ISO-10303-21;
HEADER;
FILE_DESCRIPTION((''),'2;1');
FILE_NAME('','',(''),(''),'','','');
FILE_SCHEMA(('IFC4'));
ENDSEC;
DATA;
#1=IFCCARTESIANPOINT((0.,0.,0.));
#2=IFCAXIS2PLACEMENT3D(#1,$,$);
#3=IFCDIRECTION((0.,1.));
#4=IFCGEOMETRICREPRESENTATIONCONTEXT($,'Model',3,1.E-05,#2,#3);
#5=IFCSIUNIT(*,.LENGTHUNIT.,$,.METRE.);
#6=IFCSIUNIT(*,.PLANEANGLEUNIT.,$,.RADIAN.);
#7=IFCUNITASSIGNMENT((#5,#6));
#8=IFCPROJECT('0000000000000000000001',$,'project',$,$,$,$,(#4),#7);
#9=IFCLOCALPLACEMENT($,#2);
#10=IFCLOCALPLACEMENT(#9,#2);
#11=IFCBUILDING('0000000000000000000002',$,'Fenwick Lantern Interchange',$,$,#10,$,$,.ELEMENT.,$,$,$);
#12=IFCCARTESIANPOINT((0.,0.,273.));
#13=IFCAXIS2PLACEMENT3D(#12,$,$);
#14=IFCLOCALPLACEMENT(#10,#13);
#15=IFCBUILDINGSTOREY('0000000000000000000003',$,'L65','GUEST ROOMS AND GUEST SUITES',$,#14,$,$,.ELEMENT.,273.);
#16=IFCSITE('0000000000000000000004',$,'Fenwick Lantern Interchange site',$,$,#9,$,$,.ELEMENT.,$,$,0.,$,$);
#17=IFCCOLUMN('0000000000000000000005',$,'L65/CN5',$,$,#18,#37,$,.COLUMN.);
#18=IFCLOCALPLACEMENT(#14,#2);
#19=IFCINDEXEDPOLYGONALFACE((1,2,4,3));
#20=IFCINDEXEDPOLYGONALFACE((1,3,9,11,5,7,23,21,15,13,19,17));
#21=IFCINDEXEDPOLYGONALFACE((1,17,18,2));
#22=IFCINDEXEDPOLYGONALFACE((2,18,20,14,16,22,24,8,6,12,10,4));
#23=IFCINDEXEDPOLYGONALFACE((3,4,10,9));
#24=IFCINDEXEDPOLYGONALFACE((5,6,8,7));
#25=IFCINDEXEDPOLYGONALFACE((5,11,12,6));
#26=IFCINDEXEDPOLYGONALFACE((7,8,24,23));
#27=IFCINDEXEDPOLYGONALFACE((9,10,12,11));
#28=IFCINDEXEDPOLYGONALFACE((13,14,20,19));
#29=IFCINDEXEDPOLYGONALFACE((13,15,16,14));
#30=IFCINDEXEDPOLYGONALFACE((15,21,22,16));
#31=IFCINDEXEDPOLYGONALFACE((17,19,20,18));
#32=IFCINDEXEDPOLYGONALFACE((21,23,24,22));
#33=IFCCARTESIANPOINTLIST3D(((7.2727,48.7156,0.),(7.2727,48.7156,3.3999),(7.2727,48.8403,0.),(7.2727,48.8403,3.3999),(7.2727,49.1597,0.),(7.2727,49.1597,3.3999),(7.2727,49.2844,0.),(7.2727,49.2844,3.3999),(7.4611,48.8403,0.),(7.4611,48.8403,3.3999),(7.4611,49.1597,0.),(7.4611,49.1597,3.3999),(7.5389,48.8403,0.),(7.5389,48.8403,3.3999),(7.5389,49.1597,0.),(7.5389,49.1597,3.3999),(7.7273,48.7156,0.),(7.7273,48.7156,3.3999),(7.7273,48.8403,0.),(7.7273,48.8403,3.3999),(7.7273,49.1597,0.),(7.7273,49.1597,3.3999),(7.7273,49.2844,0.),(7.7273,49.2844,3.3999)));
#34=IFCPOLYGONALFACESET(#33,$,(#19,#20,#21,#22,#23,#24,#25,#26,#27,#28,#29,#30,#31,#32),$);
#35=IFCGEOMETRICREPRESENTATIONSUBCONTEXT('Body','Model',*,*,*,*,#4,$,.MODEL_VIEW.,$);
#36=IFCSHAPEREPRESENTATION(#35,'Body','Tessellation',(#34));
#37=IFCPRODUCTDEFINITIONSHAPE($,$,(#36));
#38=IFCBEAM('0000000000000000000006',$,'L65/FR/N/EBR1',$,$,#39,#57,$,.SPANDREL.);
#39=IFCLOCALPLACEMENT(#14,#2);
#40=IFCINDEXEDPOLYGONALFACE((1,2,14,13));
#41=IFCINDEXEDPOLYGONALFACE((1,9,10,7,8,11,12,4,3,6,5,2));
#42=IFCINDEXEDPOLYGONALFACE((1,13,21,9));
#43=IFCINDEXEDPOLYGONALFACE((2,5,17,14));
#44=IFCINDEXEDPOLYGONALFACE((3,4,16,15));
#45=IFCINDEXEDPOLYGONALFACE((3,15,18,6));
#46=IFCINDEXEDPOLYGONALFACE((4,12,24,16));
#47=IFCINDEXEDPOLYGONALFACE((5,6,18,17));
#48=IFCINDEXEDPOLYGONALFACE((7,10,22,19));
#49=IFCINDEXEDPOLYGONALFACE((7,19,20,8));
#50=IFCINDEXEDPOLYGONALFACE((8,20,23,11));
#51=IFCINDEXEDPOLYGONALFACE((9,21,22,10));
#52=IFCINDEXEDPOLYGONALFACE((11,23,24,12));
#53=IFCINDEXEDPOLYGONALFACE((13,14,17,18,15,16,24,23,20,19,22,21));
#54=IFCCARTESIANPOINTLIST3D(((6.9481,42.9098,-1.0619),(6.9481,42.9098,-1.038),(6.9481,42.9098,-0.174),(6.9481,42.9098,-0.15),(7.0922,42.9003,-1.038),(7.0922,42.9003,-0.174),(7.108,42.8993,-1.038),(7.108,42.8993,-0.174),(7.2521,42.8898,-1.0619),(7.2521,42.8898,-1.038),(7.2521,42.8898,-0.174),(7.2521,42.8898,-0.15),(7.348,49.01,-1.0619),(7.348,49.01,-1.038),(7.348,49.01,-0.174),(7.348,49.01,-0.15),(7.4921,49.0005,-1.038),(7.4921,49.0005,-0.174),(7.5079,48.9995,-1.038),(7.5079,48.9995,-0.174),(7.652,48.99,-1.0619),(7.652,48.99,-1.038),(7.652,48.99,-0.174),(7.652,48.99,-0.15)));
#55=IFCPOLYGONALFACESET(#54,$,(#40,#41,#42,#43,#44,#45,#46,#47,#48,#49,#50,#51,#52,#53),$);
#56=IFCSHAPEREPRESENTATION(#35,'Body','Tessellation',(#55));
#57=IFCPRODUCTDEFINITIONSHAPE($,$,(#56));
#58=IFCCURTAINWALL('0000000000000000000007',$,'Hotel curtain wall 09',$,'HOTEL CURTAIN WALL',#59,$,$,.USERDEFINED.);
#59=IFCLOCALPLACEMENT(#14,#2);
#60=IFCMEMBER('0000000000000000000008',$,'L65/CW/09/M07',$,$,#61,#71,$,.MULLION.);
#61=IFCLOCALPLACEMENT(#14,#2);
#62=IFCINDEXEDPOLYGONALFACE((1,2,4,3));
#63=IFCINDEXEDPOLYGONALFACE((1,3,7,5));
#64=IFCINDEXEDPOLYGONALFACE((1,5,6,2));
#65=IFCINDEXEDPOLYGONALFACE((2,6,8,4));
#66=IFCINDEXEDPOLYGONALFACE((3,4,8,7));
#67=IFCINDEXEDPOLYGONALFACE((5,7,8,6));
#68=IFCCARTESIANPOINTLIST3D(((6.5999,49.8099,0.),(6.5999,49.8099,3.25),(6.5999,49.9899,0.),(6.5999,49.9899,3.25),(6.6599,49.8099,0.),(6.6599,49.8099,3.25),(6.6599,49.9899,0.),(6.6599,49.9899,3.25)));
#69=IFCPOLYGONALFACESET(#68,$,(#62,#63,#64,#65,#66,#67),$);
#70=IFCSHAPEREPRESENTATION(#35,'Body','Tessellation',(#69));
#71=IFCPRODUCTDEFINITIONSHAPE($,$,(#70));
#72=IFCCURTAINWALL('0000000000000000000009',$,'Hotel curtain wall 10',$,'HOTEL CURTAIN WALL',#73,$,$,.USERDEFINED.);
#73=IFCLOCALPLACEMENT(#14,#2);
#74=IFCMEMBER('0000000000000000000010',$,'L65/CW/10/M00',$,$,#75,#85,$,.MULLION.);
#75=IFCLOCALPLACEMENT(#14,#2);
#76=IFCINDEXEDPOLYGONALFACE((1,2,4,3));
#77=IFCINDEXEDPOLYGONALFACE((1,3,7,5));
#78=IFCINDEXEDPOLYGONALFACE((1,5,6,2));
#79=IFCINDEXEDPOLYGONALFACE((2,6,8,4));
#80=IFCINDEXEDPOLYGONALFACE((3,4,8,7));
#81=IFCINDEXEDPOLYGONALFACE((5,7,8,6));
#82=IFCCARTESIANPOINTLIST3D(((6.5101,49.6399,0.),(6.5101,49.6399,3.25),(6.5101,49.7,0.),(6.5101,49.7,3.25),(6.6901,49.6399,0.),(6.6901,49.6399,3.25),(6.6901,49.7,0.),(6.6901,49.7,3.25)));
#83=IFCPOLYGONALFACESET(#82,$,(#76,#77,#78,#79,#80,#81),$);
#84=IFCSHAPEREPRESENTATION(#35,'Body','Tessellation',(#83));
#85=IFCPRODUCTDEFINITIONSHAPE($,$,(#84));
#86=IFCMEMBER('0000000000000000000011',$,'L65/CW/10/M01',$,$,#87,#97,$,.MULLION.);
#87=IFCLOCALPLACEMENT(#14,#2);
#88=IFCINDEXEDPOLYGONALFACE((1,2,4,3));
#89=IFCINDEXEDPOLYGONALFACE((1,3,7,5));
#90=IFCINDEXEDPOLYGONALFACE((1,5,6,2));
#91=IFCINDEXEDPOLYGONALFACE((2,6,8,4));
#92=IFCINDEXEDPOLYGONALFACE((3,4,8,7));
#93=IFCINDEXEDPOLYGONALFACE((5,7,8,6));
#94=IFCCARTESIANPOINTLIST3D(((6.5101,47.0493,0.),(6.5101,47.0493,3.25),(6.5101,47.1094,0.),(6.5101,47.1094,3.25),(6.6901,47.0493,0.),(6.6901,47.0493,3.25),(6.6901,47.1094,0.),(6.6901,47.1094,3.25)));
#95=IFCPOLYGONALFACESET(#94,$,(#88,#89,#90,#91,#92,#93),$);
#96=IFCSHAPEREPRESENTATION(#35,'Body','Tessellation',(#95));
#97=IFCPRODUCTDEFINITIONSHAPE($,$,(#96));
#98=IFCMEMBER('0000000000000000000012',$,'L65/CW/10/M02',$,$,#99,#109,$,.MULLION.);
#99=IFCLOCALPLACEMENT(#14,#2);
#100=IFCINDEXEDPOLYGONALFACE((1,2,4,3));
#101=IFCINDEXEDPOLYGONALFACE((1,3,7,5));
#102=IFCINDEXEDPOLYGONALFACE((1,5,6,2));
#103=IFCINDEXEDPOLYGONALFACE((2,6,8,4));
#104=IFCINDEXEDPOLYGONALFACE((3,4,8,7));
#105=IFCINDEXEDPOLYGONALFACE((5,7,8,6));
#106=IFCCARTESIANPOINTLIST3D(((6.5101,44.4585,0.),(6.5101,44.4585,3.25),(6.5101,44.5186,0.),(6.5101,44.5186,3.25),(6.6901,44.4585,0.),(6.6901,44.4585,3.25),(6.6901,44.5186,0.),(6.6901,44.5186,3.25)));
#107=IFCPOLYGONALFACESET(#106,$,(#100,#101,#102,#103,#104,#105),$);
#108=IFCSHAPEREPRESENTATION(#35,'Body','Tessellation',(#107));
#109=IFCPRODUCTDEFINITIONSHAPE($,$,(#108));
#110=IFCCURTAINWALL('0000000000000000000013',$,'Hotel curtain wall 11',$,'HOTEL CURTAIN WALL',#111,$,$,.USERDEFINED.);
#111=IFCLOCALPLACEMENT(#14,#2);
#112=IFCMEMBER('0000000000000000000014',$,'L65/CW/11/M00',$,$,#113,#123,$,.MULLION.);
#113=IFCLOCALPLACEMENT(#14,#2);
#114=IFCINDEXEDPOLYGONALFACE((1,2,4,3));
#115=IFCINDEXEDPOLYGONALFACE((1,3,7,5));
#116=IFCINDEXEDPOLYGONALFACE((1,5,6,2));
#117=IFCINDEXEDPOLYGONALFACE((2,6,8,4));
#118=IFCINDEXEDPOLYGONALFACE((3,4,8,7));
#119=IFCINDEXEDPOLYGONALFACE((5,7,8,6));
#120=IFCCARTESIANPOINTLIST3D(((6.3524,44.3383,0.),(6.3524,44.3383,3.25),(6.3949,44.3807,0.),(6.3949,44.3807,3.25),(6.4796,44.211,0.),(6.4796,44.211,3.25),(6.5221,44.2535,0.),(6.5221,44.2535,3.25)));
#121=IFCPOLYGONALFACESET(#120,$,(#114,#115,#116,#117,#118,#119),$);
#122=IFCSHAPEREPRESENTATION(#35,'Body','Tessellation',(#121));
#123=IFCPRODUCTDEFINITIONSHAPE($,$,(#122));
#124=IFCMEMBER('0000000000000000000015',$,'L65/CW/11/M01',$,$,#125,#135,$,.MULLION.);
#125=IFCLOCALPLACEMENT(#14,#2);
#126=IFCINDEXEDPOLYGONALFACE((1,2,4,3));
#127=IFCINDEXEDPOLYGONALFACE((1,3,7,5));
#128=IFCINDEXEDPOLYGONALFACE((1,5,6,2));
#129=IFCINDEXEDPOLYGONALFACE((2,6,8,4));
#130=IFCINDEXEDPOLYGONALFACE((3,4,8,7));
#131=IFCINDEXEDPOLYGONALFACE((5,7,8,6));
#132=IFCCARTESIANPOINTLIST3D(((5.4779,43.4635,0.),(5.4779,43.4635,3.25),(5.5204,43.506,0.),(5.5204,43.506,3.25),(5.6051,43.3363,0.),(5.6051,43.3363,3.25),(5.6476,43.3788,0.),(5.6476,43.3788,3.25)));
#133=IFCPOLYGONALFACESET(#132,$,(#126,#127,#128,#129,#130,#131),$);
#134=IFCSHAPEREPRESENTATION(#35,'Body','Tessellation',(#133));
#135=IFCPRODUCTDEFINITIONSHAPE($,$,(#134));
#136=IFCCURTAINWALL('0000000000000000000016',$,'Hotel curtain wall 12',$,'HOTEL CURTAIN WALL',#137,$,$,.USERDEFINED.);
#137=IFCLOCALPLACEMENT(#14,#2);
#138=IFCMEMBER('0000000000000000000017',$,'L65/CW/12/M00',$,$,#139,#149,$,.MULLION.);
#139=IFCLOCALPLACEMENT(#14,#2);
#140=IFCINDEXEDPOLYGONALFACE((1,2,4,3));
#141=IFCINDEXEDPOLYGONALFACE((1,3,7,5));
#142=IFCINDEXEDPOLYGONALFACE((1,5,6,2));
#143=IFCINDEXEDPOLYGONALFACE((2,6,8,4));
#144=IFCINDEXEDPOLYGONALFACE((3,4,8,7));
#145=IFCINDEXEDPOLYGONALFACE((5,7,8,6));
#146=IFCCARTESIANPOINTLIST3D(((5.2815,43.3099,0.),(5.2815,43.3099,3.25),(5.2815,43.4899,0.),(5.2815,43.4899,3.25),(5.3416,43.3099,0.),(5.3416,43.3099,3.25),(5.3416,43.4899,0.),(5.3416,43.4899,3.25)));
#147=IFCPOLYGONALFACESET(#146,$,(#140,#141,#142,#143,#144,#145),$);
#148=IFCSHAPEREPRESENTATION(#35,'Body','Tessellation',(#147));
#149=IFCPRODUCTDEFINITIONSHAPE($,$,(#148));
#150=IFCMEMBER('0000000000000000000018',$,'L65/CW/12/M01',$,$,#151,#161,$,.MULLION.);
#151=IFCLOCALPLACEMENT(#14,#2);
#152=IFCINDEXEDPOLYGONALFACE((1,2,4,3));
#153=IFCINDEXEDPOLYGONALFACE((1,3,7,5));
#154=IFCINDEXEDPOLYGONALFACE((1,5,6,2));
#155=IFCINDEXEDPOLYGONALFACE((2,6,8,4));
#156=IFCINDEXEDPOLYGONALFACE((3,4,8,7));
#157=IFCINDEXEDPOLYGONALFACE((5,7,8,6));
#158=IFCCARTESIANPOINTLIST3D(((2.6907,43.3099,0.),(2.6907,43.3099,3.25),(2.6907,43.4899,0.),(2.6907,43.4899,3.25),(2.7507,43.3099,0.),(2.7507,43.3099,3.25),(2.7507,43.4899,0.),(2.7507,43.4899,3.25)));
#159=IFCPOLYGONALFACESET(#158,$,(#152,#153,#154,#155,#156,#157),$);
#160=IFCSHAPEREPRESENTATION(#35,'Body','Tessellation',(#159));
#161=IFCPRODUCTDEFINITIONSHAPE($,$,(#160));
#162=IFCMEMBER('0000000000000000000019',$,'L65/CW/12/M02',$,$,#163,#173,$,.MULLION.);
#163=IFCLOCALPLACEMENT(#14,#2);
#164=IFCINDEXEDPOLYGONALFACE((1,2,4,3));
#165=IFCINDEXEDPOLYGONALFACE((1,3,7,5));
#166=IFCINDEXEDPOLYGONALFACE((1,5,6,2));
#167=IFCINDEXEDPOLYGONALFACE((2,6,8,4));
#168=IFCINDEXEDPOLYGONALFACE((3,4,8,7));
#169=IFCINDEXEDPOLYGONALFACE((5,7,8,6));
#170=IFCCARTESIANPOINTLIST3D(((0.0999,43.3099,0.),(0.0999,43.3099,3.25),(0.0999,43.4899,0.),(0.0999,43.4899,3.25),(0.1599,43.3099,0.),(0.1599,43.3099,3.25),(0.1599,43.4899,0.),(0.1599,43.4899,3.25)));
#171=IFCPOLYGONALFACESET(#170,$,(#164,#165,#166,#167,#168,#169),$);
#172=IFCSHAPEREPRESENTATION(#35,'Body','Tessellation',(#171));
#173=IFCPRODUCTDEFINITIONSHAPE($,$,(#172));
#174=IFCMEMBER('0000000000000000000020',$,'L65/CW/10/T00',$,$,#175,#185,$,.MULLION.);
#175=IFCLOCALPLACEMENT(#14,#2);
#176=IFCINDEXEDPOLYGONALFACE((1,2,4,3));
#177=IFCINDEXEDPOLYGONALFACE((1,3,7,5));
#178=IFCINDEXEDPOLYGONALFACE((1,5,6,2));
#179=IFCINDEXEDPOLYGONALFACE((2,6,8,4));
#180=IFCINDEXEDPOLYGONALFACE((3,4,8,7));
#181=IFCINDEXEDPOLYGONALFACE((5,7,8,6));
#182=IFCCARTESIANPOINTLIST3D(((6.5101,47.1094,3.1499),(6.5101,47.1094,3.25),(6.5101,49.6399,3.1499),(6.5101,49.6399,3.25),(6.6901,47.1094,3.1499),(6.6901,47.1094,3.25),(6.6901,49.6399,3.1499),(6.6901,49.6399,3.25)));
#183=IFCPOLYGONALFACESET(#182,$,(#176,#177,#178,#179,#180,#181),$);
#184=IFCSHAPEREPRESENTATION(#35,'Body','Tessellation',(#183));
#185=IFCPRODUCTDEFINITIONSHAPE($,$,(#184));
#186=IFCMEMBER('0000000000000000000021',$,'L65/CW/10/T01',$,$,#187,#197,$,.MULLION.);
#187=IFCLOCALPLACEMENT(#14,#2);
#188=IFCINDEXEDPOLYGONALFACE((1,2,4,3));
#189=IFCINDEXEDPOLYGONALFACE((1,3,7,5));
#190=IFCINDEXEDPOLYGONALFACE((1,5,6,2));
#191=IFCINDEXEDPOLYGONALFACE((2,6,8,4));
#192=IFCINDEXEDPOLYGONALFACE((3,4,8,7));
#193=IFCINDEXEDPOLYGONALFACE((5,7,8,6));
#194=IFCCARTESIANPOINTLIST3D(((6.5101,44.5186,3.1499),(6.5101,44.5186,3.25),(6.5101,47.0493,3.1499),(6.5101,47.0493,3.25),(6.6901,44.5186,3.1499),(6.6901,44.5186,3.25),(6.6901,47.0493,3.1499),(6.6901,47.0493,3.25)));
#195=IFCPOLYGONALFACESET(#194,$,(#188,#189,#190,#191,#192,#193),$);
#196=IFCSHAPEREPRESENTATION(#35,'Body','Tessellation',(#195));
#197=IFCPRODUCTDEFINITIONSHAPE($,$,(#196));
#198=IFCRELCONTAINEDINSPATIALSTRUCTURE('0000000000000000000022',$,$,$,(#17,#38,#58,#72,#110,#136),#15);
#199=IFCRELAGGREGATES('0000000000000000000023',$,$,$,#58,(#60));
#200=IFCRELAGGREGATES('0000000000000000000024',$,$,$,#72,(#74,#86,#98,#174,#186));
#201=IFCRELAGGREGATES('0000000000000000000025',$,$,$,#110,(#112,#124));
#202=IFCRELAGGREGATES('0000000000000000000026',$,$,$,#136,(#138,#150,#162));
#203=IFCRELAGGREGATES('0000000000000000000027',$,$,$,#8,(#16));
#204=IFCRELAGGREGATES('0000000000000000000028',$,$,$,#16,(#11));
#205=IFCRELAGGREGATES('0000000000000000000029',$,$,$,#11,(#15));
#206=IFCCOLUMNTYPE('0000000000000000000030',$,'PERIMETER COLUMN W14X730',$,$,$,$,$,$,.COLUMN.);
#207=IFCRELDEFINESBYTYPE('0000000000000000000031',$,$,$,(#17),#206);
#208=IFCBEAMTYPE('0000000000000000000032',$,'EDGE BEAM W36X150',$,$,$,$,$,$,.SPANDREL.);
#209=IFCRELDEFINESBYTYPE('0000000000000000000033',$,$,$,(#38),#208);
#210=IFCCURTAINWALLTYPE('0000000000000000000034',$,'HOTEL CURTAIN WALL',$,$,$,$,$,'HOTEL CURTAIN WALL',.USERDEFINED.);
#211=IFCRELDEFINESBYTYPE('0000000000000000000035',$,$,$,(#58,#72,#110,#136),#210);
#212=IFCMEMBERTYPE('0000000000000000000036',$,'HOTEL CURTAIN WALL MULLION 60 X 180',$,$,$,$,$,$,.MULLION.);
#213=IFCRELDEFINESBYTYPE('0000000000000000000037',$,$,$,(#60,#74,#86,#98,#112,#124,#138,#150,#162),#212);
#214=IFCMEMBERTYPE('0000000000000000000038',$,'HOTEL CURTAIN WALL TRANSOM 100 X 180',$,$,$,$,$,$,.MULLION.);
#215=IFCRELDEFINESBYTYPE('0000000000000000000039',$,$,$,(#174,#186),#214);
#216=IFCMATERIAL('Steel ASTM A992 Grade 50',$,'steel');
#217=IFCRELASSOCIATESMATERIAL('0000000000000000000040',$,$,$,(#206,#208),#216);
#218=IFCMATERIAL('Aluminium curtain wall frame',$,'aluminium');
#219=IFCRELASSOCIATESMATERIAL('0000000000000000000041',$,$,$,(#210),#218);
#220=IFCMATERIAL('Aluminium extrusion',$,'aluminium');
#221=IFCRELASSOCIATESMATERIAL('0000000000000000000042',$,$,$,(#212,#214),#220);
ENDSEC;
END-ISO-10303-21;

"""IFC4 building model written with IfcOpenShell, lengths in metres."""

from ifc_helpers import new_model, si_unit, direction, frame, origin, origin_2d, place, context, subcontext, project, spatial, rectangle, i_section, extrude, material, material_profile, profile_set, type_object, element, aggregate, save


model = new_model("IFC4")

# Units and contexts
model_context = context("Model", 3, precision=1e-05, world=origin(), true_north=direction((0.0, 1.0)))
body_context = subcontext(model_context, "Body", "Model", "MODEL_VIEW")
ifc_project = project(units=[si_unit("LENGTHUNIT", "METRE"), si_unit("PLANEANGLEUNIT", "RADIAN")], contexts=[model_context])

# Site, building, storey
site_placement = place(None, origin())
site = spatial("IfcSite", under=ifc_project, at=site_placement, Name="Fenwick Lantern Interchange site", CompositionType="ELEMENT", RefElevation=0.0)
building_placement = place(site_placement, origin())
building = spatial("IfcBuilding", under=site, at=building_placement, Name="Fenwick Lantern Interchange", CompositionType="ELEMENT")
storey_placement = place(building_placement, frame((0.0, 0.0, 273.0)))
storey = spatial("IfcBuildingStorey", under=building, at=storey_placement, Name="L65", Description="GUEST ROOMS AND GUEST SUITES", CompositionType="ELEMENT", Elevation=273.0)

# Column
ifc_material_1 = material(Name="Steel ASTM A992 Grade 50", Category="steel")
ifc_material_profile_1 = material_profile(ifc_material_1, i_section(OverallWidth=0.4546, OverallDepth=0.5688, WebThickness=0.0779, FlangeThickness=0.1248, at=origin_2d()), Name="W14X730")
ifc_profile_set_1 = profile_set([ifc_material_profile_1], Name="Steel ASTM A992 Grade 50")
column_type = type_object("IfcColumnType", Name="PERIMETER COLUMN W14X730", PredefinedType="COLUMN", material=ifc_profile_set_1)
column_placement = place(storey_placement, frame((7.5, 49.0, 0.0), z_axis=(0.0, 0.0, 1.0), x_axis=(1.0, 0.0, 0.0)))
element("IfcColumn", 1, at=column_placement, inside=storey, type_object=column_type, Name="L65/CN5", PredefinedType="COLUMN", context=body_context, shape_type="SweptSolid", body=[
    extrude(i_section(OverallWidth=0.4546, OverallDepth=0.5688, WebThickness=0.0779, FlangeThickness=0.1248, at=origin_2d()), origin(), (0.0, 0.0, 1.0), 3.3999),
])

# Beam
ifc_material_profile_2 = material_profile(ifc_material_1, i_section(OverallWidth=0.3047, OverallDepth=0.9119, WebThickness=0.0159, FlangeThickness=0.0239, at=origin_2d()), Name="W36X150")
ifc_profile_set_2 = profile_set([ifc_material_profile_2], Name="Steel ASTM A992 Grade 50")
beam_type = type_object("IfcBeamType", Name="EDGE BEAM W36X150", PredefinedType="SPANDREL", material=ifc_profile_set_2)
beam_placement = place(storey_placement, frame((7.5, 49.0, -0.606), z_axis=(-0.065416, -0.997858, 0.0), x_axis=(0.997858, -0.065416, 0.0)))
element("IfcBeam", 2, at=beam_placement, inside=storey, type_object=beam_type, Name="L65/FR/N/EBR1", PredefinedType="SPANDREL", context=body_context, shape_type="SweptSolid", body=[
    extrude(i_section(OverallWidth=0.3047, OverallDepth=0.9119, WebThickness=0.0159, FlangeThickness=0.0239, at=origin_2d()), origin(), (0.0, 0.0, 1.0), 6.1133),
])

# Curtain wall, member
ifc_material_2 = material(Name="Aluminium curtain wall frame", Category="aluminium")
curtain_wall_type = type_object("IfcCurtainWallType", Name="HOTEL CURTAIN WALL", ElementType="HOTEL CURTAIN WALL", PredefinedType="USERDEFINED", material=ifc_material_2)
curtain_wall_1_placement = place(storey_placement, origin())
curtain_wall_1 = element("IfcCurtainWall", 3, at=curtain_wall_1_placement, inside=storey, type_object=curtain_wall_type, Name="Hotel curtain wall 09", ObjectType="HOTEL CURTAIN WALL", PredefinedType="USERDEFINED")
ifc_material_3 = material(Name="Aluminium extrusion", Category="aluminium")
ifc_material_profile_3 = material_profile(ifc_material_3, rectangle(XDim=0.1799, YDim=0.0601, at=origin_2d()), Name="HOTEL CURTAIN WALL MULLION 60 X 180")
ifc_profile_set_3 = profile_set([ifc_material_profile_3], Name="Aluminium extrusion")
member_type_1 = type_object("IfcMemberType", Name="HOTEL CURTAIN WALL MULLION 60 X 180", PredefinedType="MULLION", material=ifc_profile_set_3)
member_1_placement = place(storey_placement, frame((6.6299, 49.8999, 0.0), z_axis=(0.0, 0.0, 1.0), x_axis=(0.0, -1.0, 0.0)))
member_1 = element("IfcMember", 4, at=member_1_placement, type_object=member_type_1, Name="L65/CW/09/M07", PredefinedType="MULLION", context=body_context, shape_type="SweptSolid", body=[
    extrude(rectangle(XDim=0.1799, YDim=0.0601, at=origin_2d()), origin(), (0.0, 0.0, 1.0), 3.25),
])
aggregate(curtain_wall_1, [member_1])

# Curtain walls, members
curtain_wall_2_placement = place(storey_placement, origin())
curtain_wall_2 = element("IfcCurtainWall", 5, at=curtain_wall_2_placement, inside=storey, type_object=curtain_wall_type, Name="Hotel curtain wall 10", ObjectType="HOTEL CURTAIN WALL", PredefinedType="USERDEFINED")
member_2_placement = place(storey_placement, frame((6.6001, 49.6699, 0.0), z_axis=(0.0, 0.0, 1.0), x_axis=(1.0, 0.0, 0.0)))
member_2 = element("IfcMember", 6, at=member_2_placement, type_object=member_type_1, Name="L65/CW/10/M00", PredefinedType="MULLION", context=body_context, shape_type="SweptSolid", body=[
    extrude(rectangle(XDim=0.1799, YDim=0.0601, at=origin_2d()), origin(), (0.0, 0.0, 1.0), 3.25),
])
member_3_placement = place(storey_placement, frame((6.6001, 47.0793, 0.0), z_axis=(0.0, 0.0, 1.0), x_axis=(1.0, 0.0, 0.0)))
member_3 = element("IfcMember", 7, at=member_3_placement, type_object=member_type_1, Name="L65/CW/10/M01", PredefinedType="MULLION", context=body_context, shape_type="SweptSolid", body=[
    extrude(rectangle(XDim=0.1799, YDim=0.0601, at=origin_2d()), origin(), (0.0, 0.0, 1.0), 3.25),
])
member_4_placement = place(storey_placement, frame((6.6001, 44.4885, 0.0), z_axis=(0.0, 0.0, 1.0), x_axis=(1.0, 0.0, 0.0)))
member_4 = element("IfcMember", 8, at=member_4_placement, type_object=member_type_1, Name="L65/CW/10/M02", PredefinedType="MULLION", context=body_context, shape_type="SweptSolid", body=[
    extrude(rectangle(XDim=0.1799, YDim=0.0601, at=origin_2d()), origin(), (0.0, 0.0, 1.0), 3.25),
])
curtain_wall_3_placement = place(storey_placement, origin())
curtain_wall_3 = element("IfcCurtainWall", 9, at=curtain_wall_3_placement, inside=storey, type_object=curtain_wall_type, Name="Hotel curtain wall 11", ObjectType="HOTEL CURTAIN WALL", PredefinedType="USERDEFINED")
member_5_placement = place(storey_placement, frame((6.4373, 44.2959, 0.0), z_axis=(0.0, 0.0, 1.0), x_axis=(0.707107, -0.707107, 0.0)))
member_5 = element("IfcMember", 10, at=member_5_placement, type_object=member_type_1, Name="L65/CW/11/M00", PredefinedType="MULLION", context=body_context, shape_type="SweptSolid", body=[
    extrude(rectangle(XDim=0.1799, YDim=0.0601, at=origin_2d()), origin(), (0.0, 0.0, 1.0), 3.25),
])
member_6_placement = place(storey_placement, frame((5.5627, 43.4211, 0.0), z_axis=(0.0, 0.0, 1.0), x_axis=(0.707107, -0.707107, 0.0)))
member_6 = element("IfcMember", 11, at=member_6_placement, type_object=member_type_1, Name="L65/CW/11/M01", PredefinedType="MULLION", context=body_context, shape_type="SweptSolid", body=[
    extrude(rectangle(XDim=0.1799, YDim=0.0601, at=origin_2d()), origin(), (0.0, 0.0, 1.0), 3.25),
])
curtain_wall_4_placement = place(storey_placement, origin())
curtain_wall_4 = element("IfcCurtainWall", 12, at=curtain_wall_4_placement, inside=storey, type_object=curtain_wall_type, Name="Hotel curtain wall 12", ObjectType="HOTEL CURTAIN WALL", PredefinedType="USERDEFINED")
member_7_placement = place(storey_placement, frame((5.3115, 43.3999, 0.0), z_axis=(0.0, 0.0, 1.0), x_axis=(0.0, -1.0, 0.0)))
member_7 = element("IfcMember", 13, at=member_7_placement, type_object=member_type_1, Name="L65/CW/12/M00", PredefinedType="MULLION", context=body_context, shape_type="SweptSolid", body=[
    extrude(rectangle(XDim=0.1799, YDim=0.0601, at=origin_2d()), origin(), (0.0, 0.0, 1.0), 3.25),
])
member_8_placement = place(storey_placement, frame((2.7207, 43.3999, 0.0), z_axis=(0.0, 0.0, 1.0), x_axis=(0.0, -1.0, 0.0)))
member_8 = element("IfcMember", 14, at=member_8_placement, type_object=member_type_1, Name="L65/CW/12/M01", PredefinedType="MULLION", context=body_context, shape_type="SweptSolid", body=[
    extrude(rectangle(XDim=0.1799, YDim=0.0601, at=origin_2d()), origin(), (0.0, 0.0, 1.0), 3.25),
])
member_9_placement = place(storey_placement, frame((0.1299, 43.3999, 0.0), z_axis=(0.0, 0.0, 1.0), x_axis=(0.0, -1.0, 0.0)))
member_9 = element("IfcMember", 15, at=member_9_placement, type_object=member_type_1, Name="L65/CW/12/M02", PredefinedType="MULLION", context=body_context, shape_type="SweptSolid", body=[
    extrude(rectangle(XDim=0.1799, YDim=0.0601, at=origin_2d()), origin(), (0.0, 0.0, 1.0), 3.25),
])

# Members
ifc_material_profile_4 = material_profile(ifc_material_3, rectangle(XDim=0.1799, YDim=0.1001, at=origin_2d()), Name="HOTEL CURTAIN WALL TRANSOM 100 X 180")
ifc_profile_set_4 = profile_set([ifc_material_profile_4], Name="Aluminium extrusion")
member_type_2 = type_object("IfcMemberType", Name="HOTEL CURTAIN WALL TRANSOM 100 X 180", PredefinedType="MULLION", material=ifc_profile_set_4)
member_10_placement = place(storey_placement, frame((6.6001, 49.6399, 3.2), z_axis=(0.0, -1.0, 0.0), x_axis=(1.0, 0.0, 0.0)))
member_10 = element("IfcMember", 16, at=member_10_placement, type_object=member_type_2, Name="L65/CW/10/T00", PredefinedType="MULLION", context=body_context, shape_type="SweptSolid", body=[
    extrude(rectangle(XDim=0.1799, YDim=0.1001, at=origin_2d()), origin(), (0.0, 0.0, 1.0), 2.5305),
])
member_11_placement = place(storey_placement, frame((6.6001, 47.0493, 3.2), z_axis=(0.0, -1.0, 0.0), x_axis=(1.0, 0.0, 0.0)))
member_11 = element("IfcMember", 17, at=member_11_placement, type_object=member_type_2, Name="L65/CW/10/T01", PredefinedType="MULLION", context=body_context, shape_type="SweptSolid", body=[
    extrude(rectangle(XDim=0.1799, YDim=0.1001, at=origin_2d()), origin(), (0.0, 0.0, 1.0), 2.5308),
])

aggregate(curtain_wall_2, [member_2, member_3, member_4, member_10, member_11])
aggregate(curtain_wall_3, [member_5, member_6])
aggregate(curtain_wall_4, [member_7, member_8, member_9])

save(model, "model.ifc")
